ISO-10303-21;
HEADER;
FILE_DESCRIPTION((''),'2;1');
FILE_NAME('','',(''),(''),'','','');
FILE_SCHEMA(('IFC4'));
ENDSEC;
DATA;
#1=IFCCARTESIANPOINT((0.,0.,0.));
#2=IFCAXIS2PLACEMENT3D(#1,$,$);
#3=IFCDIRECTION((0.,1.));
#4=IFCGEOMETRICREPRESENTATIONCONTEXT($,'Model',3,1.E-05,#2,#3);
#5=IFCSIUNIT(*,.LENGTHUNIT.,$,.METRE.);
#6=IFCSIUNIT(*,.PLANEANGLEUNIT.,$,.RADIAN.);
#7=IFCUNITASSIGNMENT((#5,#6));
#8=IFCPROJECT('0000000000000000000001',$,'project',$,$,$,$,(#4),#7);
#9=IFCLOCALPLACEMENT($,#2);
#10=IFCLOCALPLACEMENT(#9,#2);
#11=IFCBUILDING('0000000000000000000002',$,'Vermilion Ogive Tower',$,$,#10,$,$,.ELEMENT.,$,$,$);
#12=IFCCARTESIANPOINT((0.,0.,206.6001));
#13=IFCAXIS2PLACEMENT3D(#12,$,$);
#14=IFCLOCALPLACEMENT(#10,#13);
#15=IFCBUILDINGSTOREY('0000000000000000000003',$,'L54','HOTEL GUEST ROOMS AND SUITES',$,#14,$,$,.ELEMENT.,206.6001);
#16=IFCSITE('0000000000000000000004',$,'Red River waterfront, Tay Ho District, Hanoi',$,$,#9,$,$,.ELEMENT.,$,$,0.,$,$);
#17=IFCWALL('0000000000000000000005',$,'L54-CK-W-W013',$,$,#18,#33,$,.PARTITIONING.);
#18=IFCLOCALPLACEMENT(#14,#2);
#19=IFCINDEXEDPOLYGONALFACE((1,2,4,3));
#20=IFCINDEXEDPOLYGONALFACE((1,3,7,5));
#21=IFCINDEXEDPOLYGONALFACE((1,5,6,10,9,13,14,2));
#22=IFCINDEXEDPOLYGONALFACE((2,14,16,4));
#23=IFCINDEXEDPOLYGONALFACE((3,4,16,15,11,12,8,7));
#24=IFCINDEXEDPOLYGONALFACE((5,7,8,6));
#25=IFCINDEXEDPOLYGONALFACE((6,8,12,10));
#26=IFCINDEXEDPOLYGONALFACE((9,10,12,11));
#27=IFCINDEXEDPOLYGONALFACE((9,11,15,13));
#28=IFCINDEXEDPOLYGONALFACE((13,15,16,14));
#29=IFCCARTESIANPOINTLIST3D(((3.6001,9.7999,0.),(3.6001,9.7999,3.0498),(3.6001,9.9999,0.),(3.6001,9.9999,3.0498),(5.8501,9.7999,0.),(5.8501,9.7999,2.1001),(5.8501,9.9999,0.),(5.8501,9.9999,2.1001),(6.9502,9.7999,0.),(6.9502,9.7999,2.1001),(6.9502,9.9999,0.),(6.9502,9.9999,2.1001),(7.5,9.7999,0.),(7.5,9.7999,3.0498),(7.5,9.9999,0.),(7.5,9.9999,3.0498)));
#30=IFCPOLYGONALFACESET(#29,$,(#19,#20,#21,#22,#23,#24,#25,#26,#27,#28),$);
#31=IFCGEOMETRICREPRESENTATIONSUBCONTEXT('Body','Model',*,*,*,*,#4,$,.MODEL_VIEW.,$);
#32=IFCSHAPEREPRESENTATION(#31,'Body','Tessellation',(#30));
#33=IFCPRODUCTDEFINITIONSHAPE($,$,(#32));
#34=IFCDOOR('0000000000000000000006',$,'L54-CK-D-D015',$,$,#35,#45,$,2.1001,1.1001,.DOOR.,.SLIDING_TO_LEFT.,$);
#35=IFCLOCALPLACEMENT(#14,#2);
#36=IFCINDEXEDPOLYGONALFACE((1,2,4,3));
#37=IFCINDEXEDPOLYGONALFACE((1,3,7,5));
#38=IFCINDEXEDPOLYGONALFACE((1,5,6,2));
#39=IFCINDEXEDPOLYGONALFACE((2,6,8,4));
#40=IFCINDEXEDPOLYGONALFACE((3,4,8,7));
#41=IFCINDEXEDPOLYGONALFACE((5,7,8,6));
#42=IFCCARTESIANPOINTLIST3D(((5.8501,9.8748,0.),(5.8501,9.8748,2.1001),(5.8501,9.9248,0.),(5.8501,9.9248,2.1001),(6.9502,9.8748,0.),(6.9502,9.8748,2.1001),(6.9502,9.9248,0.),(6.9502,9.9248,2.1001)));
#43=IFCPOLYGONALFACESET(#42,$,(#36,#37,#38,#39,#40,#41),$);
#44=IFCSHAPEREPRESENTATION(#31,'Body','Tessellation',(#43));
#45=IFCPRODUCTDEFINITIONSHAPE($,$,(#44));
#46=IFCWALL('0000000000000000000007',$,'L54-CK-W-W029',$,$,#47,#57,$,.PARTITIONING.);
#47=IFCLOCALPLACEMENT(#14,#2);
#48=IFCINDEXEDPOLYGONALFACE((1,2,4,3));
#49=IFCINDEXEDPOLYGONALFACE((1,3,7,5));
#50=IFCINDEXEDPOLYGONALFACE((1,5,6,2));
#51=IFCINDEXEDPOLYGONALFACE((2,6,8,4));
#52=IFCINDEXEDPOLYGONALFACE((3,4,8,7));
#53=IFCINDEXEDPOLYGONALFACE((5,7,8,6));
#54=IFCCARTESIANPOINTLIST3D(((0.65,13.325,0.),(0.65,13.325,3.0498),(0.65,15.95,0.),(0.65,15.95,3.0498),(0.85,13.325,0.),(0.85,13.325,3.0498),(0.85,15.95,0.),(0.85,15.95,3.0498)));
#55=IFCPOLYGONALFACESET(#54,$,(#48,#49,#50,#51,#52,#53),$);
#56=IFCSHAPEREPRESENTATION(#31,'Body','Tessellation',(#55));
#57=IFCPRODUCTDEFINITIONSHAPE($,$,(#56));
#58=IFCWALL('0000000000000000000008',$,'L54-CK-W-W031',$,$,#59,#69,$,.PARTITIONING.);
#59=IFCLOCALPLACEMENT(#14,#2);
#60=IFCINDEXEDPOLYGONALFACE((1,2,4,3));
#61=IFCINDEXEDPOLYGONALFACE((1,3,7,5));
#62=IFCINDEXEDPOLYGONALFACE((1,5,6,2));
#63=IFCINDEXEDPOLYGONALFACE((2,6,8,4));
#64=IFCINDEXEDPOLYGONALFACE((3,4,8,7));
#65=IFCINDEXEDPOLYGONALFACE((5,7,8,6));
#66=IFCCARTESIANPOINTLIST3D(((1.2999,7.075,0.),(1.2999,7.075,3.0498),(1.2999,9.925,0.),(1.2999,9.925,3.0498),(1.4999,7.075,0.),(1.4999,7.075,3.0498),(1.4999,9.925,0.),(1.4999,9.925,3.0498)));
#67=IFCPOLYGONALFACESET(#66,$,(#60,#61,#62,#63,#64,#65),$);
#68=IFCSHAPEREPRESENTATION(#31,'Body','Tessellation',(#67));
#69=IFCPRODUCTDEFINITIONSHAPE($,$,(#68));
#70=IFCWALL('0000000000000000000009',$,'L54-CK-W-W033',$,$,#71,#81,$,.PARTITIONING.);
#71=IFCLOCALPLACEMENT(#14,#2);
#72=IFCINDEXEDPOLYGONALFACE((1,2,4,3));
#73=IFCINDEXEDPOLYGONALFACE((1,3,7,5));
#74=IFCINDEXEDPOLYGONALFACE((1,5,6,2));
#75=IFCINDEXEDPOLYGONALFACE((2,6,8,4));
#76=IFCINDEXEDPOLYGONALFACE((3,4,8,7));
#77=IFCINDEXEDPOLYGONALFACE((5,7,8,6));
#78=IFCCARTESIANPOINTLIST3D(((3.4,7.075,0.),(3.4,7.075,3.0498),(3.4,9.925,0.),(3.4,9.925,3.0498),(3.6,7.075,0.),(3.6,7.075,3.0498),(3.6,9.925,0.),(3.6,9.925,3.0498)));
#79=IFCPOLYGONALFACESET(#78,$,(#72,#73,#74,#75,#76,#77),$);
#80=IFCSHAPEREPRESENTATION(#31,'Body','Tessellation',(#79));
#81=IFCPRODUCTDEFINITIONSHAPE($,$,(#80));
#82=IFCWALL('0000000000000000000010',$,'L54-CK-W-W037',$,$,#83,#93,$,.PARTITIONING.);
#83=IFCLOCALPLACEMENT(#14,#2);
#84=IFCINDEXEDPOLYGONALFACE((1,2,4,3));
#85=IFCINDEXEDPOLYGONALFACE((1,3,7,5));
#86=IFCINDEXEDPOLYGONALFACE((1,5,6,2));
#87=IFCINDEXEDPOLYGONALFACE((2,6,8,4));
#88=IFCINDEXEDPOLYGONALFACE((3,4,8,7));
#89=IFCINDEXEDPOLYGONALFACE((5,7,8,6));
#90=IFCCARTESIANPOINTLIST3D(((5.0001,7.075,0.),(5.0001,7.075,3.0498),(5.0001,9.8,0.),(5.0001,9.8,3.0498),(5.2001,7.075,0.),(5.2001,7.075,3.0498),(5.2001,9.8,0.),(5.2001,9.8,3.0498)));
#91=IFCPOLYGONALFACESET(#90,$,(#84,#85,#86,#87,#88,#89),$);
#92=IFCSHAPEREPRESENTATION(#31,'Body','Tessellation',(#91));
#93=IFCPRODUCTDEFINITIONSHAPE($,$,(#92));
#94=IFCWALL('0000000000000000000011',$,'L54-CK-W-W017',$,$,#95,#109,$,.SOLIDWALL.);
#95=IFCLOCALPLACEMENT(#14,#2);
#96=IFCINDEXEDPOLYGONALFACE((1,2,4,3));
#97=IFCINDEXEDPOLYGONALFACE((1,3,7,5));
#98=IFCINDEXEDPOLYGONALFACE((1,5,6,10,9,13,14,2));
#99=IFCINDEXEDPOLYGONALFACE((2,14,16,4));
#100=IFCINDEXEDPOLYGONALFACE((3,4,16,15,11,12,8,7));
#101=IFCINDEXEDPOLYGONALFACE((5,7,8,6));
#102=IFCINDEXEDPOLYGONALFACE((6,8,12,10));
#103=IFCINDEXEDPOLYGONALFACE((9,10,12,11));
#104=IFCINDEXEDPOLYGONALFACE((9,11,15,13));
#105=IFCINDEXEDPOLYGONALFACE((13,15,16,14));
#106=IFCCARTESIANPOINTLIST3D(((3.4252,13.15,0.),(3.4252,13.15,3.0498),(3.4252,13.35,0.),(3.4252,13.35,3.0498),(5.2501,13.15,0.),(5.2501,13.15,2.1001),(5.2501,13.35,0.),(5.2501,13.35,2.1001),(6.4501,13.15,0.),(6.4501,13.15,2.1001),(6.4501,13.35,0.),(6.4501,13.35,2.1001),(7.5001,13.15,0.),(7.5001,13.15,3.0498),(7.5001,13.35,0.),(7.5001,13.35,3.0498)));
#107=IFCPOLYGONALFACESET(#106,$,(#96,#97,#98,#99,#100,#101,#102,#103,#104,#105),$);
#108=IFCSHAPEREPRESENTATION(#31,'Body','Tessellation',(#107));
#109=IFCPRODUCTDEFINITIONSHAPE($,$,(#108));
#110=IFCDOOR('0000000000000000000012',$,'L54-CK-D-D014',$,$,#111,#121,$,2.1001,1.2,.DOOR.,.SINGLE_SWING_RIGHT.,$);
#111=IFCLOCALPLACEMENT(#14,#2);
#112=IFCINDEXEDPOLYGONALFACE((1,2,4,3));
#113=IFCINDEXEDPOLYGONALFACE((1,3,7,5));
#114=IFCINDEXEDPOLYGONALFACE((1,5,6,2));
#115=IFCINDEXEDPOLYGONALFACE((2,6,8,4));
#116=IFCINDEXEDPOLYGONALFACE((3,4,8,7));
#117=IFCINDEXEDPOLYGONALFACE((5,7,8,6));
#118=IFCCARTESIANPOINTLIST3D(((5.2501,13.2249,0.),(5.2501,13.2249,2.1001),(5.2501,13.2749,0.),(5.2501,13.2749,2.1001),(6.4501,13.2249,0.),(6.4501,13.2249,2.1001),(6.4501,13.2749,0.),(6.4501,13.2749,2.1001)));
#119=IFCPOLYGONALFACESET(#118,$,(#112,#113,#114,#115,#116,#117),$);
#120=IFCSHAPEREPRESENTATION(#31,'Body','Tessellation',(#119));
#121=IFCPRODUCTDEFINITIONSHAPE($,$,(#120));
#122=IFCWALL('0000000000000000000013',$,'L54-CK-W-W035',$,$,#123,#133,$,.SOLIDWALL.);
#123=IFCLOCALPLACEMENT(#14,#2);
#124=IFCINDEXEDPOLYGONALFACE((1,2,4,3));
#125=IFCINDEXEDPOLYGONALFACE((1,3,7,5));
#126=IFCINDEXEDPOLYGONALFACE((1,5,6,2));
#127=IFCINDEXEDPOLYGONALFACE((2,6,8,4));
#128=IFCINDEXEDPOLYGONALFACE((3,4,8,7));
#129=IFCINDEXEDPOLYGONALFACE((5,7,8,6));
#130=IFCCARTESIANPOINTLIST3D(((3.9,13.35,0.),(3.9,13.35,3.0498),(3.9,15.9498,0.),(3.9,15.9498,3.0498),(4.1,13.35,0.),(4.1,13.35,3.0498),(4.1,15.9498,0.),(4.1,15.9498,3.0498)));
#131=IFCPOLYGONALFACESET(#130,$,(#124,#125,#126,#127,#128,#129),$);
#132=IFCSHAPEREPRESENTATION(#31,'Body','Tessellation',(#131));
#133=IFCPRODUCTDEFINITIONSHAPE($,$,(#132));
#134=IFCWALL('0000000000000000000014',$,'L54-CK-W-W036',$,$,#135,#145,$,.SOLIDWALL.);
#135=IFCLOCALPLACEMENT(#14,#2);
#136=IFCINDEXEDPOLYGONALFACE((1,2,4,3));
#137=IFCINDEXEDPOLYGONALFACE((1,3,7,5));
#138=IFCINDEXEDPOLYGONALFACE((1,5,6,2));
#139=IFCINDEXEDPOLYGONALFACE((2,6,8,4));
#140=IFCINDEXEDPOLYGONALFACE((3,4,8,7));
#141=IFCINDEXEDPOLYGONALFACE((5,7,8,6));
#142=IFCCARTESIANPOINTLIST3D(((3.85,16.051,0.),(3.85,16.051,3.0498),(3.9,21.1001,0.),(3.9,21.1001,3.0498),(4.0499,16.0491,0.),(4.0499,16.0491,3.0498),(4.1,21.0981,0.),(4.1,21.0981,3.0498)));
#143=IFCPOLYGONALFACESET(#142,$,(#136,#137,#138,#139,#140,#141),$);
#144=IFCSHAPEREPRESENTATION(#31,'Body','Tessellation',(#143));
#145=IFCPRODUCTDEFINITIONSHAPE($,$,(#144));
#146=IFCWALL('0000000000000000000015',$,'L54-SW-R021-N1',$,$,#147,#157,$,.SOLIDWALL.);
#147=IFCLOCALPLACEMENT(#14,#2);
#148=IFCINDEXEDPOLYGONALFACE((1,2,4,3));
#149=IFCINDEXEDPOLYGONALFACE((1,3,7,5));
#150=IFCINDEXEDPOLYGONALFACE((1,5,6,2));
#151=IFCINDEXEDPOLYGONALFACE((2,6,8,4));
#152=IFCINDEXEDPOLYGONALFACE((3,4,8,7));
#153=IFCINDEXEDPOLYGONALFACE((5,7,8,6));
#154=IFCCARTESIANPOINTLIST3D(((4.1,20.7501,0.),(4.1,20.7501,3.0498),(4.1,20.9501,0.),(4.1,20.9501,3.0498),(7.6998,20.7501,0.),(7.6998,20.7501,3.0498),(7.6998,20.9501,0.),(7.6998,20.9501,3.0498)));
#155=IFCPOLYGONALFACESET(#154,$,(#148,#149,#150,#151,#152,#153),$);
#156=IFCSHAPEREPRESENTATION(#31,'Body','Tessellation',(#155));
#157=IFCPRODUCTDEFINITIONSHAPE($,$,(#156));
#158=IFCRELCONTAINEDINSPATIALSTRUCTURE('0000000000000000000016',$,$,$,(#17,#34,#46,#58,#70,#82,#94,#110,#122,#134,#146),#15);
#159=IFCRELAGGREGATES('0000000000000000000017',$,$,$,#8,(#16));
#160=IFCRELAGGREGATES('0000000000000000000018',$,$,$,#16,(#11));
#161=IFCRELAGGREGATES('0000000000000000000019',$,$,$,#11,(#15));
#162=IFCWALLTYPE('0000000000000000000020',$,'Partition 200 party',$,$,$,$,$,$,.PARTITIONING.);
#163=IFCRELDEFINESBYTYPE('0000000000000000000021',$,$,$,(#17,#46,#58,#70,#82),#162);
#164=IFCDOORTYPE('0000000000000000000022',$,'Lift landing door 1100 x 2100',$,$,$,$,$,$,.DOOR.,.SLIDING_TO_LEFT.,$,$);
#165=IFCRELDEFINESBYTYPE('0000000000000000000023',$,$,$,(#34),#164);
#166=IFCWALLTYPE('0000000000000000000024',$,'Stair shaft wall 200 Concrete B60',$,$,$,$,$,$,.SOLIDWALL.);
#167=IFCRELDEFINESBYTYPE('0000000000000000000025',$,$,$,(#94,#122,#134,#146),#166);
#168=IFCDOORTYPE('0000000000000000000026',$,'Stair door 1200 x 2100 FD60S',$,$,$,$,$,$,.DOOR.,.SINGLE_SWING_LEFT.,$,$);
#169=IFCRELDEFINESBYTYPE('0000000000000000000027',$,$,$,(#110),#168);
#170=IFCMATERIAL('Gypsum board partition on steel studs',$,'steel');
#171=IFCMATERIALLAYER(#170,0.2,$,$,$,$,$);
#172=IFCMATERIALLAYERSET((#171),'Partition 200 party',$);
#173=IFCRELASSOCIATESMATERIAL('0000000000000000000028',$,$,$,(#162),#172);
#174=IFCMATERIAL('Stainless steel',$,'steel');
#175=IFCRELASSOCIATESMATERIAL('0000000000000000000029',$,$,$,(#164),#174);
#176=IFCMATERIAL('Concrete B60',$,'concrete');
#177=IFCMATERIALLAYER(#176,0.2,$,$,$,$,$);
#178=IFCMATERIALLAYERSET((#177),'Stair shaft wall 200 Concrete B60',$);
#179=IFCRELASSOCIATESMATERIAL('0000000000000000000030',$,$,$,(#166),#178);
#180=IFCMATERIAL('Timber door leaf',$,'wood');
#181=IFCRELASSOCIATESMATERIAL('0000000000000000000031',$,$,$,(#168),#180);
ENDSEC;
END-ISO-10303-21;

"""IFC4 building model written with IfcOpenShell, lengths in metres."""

from ifc_helpers import new_model, si_unit, direction, frame, frame_2d, origin, place, context, subcontext, project, spatial, rectangle, extrude, material, layer, layer_set, type_object, element, fill, save


model = new_model("IFC4")

# Units and contexts
model_context = context("Model", 3, precision=1e-05, world=origin(), true_north=direction((0.0, 1.0)))
body_context = subcontext(model_context, "Body", "Model", "MODEL_VIEW")
ifc_project = project(units=[si_unit("LENGTHUNIT", "METRE"), si_unit("PLANEANGLEUNIT", "RADIAN")], contexts=[model_context])

# Site, building, storey
site_placement = place(None, origin())
site = spatial("IfcSite", under=ifc_project, at=site_placement, Name="Red River waterfront, Tay Ho District, Hanoi", CompositionType="ELEMENT", RefElevation=0.0)
building_placement = place(site_placement, origin())
building = spatial("IfcBuilding", under=site, at=building_placement, Name="Vermilion Ogive Tower", CompositionType="ELEMENT")
storey_placement = place(building_placement, frame((0.0, 0.0, 206.6001)))
storey = spatial("IfcBuildingStorey", under=building, at=storey_placement, Name="L54", Description="HOTEL GUEST ROOMS AND SUITES", CompositionType="ELEMENT", Elevation=206.6001)

# Shared definitions
ifc_material_1 = material(Name="Gypsum board partition on steel studs", Category="steel")
ifc_layer_1 = layer(ifc_material_1, 0.2)
ifc_layer_set_1 = layer_set([ifc_layer_1], Name="Partition 200 party")
wall_type_1 = type_object("IfcWallType", Name="Partition 200 party", PredefinedType="PARTITIONING", material=ifc_layer_set_1)

# Wall, opening, door
wall_1_placement = place(storey_placement, frame((3.6001, 9.8999, 0.0), z_axis=(0.0, 0.0, 1.0), x_axis=(1.0, 0.0, 0.0)))
wall_1 = element("IfcWall", 1, at=wall_1_placement, inside=storey, type_object=wall_type_1, Name="L54-CK-W-W013", PredefinedType="PARTITIONING", context=body_context, shape_type="SweptSolid", body=[
    extrude(rectangle(XDim=3.8999, YDim=0.2, at=frame_2d((1.95, 0.0))), origin(), (0.0, 0.0, 1.0), 3.0498),
])
opening_1_placement = place(wall_1_placement, frame((2.25, 0.0, 0.0)))
opening_1 = element("IfcOpeningElement", 2, at=opening_1_placement, cuts=wall_1, PredefinedType="OPENING", context=body_context, shape_type="SweptSolid", body=[
    extrude(rectangle(XDim=1.1001, YDim=2.1001, at=frame_2d((0.55, 1.05))), frame((0.0, 0.1099, 0.0), z_axis=(0.0, -1.0, 0.0), x_axis=(1.0, 0.0, 0.0)), (0.0, 0.0, 1.0), 0.22),
])
ifc_material_2 = material(Name="Stainless steel", Category="steel")
door_type_1 = type_object("IfcDoorType", Name="Lift landing door 1100 x 2100", OperationType="SLIDING_TO_LEFT", PredefinedType="DOOR", material=ifc_material_2)
door_1_placement = place(opening_1_placement, origin())
door_1 = element("IfcDoor", 3, at=door_1_placement, inside=storey, type_object=door_type_1, Name="L54-CK-D-D015", OperationType="SLIDING_TO_LEFT", OverallHeight=2.1001, OverallWidth=1.1001, PredefinedType="DOOR", context=body_context, shape_type="SweptSolid", body=[
    extrude(rectangle(XDim=1.1001, YDim=2.1001, at=frame_2d((0.55, 1.05))), frame((0.0, 0.0249, 0.0), z_axis=(0.0, -1.0, 0.0), x_axis=(1.0, 0.0, 0.0)), (0.0, 0.0, 1.0), 0.05),
])
fill(opening_1, door_1)

# Walls
wall_2_placement = place(storey_placement, frame((0.75, 13.325, 0.0), z_axis=(0.0, 0.0, 1.0), x_axis=(0.0, 1.0, 0.0)))
element("IfcWall", 4, at=wall_2_placement, inside=storey, type_object=wall_type_1, Name="L54-CK-W-W029", PredefinedType="PARTITIONING", context=body_context, shape_type="SweptSolid", body=[
    extrude(rectangle(XDim=2.625, YDim=0.2, at=frame_2d((1.3125, 0.0))), origin(), (0.0, 0.0, 1.0), 3.0498),
])
for number, where, z_axis, x_axis, name in (
    (5, (1.3999, 7.075, 0.0), (0.0, 0.0, 1.0), (0.0, 1.0, 0.0), "L54-CK-W-W031"),
    (6, (3.5, 7.075, 0.0), (0.0, 0.0, 1.0), (0.0, 1.0, 0.0), "L54-CK-W-W033"),
):
    element("IfcWall", number, at=place(storey_placement, frame(where, z_axis=z_axis, x_axis=x_axis)), inside=storey, type_object=wall_type_1, Name=name, PredefinedType="PARTITIONING", context=body_context, shape_type="SweptSolid", body=[
        extrude(rectangle(XDim=2.8501, YDim=0.2, at=frame_2d((1.425, 0.0))), origin(), (0.0, 0.0, 1.0), 3.0498),
    ])
wall_3_placement = place(storey_placement, frame((5.1001, 7.075, 0.0), z_axis=(0.0, 0.0, 1.0), x_axis=(0.0, 1.0, 0.0)))
element("IfcWall", 7, at=wall_3_placement, inside=storey, type_object=wall_type_1, Name="L54-CK-W-W037", PredefinedType="PARTITIONING", context=body_context, shape_type="SweptSolid", body=[
    extrude(rectangle(XDim=2.7251, YDim=0.2, at=frame_2d((1.3625, 0.0))), origin(), (0.0, 0.0, 1.0), 3.0498),
])

# Wall, opening, door
ifc_material_3 = material(Name="Concrete B60", Category="concrete")
ifc_layer_2 = layer(ifc_material_3, 0.2)
ifc_layer_set_2 = layer_set([ifc_layer_2], Name="Stair shaft wall 200 Concrete B60")
wall_type_2 = type_object("IfcWallType", Name="Stair shaft wall 200 Concrete B60", PredefinedType="SOLIDWALL", material=ifc_layer_set_2)
wall_4_placement = place(storey_placement, frame((3.425, 13.25, 0.0), z_axis=(0.0, 0.0, 1.0), x_axis=(1.0, 0.0, 0.0)))
wall_4 = element("IfcWall", 8, at=wall_4_placement, inside=storey, type_object=wall_type_2, Name="L54-CK-W-W017", PredefinedType="SOLIDWALL", context=body_context, shape_type="SweptSolid", body=[
    extrude(rectangle(XDim=4.075, YDim=0.2, at=frame_2d((2.0376, 0.0))), origin(), (0.0, 0.0, 1.0), 3.0498),
])
opening_2_placement = place(wall_4_placement, frame((1.825, 0.0, 0.0)))
opening_2 = element("IfcOpeningElement", 9, at=opening_2_placement, cuts=wall_4, PredefinedType="OPENING", context=body_context, shape_type="SweptSolid", body=[
    extrude(rectangle(XDim=1.2, YDim=2.1001, at=frame_2d((0.6001, 1.05))), frame((0.0, 0.1099, 0.0), z_axis=(0.0, -1.0, 0.0), x_axis=(1.0, 0.0, 0.0)), (0.0, 0.0, 1.0), 0.22),
])
ifc_material_4 = material(Name="Timber door leaf", Category="wood")
door_type_2 = type_object("IfcDoorType", Name="Stair door 1200 x 2100 FD60S", OperationType="SINGLE_SWING_LEFT", PredefinedType="DOOR", material=ifc_material_4)
door_2_placement = place(opening_2_placement, origin())
door_2 = element("IfcDoor", 10, at=door_2_placement, inside=storey, type_object=door_type_2, Name="L54-CK-D-D014", OperationType="SINGLE_SWING_RIGHT", OverallHeight=2.1001, OverallWidth=1.2, PredefinedType="DOOR", context=body_context, shape_type="SweptSolid", body=[
    extrude(rectangle(XDim=1.2, YDim=2.1001, at=frame_2d((0.6001, 1.05))), frame((0.0, 0.0249, 0.0), z_axis=(0.0, -1.0, 0.0), x_axis=(1.0, 0.0, 0.0)), (0.0, 0.0, 1.0), 0.05),
])
fill(opening_2, door_2)

# Walls
wall_5_placement = place(storey_placement, frame((4.0, 13.3501, 0.0), z_axis=(0.0, 0.0, 1.0), x_axis=(0.0, 1.0, 0.0)))
element("IfcWall", 11, at=wall_5_placement, inside=storey, type_object=wall_type_2, Name="L54-CK-W-W035", PredefinedType="SOLIDWALL", context=body_context, shape_type="SweptSolid", body=[
    extrude(rectangle(XDim=2.5999, YDim=0.2, at=frame_2d((1.2998, 0.0))), origin(), (0.0, 0.0, 1.0), 3.0498),
])
wall_6_placement = place(storey_placement, frame((3.95, 16.05, 0.0), z_axis=(0.0, 0.0, 1.0), x_axis=(0.009912, 0.999951, 0.0)))
element("IfcWall", 12, at=wall_6_placement, inside=storey, type_object=wall_type_2, Name="L54-CK-W-W036", PredefinedType="SOLIDWALL", context=body_context, shape_type="SweptSolid", body=[
    extrude(rectangle(XDim=5.0493, YDim=0.2, at=frame_2d((2.5247, 0.0))), origin(), (0.0, 0.0, 1.0), 3.0498),
])
wall_7_placement = place(storey_placement, frame((4.1001, 20.8501, 0.0), z_axis=(0.0, 0.0, 1.0), x_axis=(1.0, 0.0, 0.0)))
element("IfcWall", 13, at=wall_7_placement, inside=storey, type_object=wall_type_2, Name="L54-SW-R021-N1", PredefinedType="SOLIDWALL", context=body_context, shape_type="SweptSolid", body=[
    extrude(rectangle(XDim=3.5999, YDim=0.2, at=frame_2d((1.7998, 0.0))), origin(), (0.0, 0.0, 1.0), 3.0498),
])

save(model, "model.ifc")
